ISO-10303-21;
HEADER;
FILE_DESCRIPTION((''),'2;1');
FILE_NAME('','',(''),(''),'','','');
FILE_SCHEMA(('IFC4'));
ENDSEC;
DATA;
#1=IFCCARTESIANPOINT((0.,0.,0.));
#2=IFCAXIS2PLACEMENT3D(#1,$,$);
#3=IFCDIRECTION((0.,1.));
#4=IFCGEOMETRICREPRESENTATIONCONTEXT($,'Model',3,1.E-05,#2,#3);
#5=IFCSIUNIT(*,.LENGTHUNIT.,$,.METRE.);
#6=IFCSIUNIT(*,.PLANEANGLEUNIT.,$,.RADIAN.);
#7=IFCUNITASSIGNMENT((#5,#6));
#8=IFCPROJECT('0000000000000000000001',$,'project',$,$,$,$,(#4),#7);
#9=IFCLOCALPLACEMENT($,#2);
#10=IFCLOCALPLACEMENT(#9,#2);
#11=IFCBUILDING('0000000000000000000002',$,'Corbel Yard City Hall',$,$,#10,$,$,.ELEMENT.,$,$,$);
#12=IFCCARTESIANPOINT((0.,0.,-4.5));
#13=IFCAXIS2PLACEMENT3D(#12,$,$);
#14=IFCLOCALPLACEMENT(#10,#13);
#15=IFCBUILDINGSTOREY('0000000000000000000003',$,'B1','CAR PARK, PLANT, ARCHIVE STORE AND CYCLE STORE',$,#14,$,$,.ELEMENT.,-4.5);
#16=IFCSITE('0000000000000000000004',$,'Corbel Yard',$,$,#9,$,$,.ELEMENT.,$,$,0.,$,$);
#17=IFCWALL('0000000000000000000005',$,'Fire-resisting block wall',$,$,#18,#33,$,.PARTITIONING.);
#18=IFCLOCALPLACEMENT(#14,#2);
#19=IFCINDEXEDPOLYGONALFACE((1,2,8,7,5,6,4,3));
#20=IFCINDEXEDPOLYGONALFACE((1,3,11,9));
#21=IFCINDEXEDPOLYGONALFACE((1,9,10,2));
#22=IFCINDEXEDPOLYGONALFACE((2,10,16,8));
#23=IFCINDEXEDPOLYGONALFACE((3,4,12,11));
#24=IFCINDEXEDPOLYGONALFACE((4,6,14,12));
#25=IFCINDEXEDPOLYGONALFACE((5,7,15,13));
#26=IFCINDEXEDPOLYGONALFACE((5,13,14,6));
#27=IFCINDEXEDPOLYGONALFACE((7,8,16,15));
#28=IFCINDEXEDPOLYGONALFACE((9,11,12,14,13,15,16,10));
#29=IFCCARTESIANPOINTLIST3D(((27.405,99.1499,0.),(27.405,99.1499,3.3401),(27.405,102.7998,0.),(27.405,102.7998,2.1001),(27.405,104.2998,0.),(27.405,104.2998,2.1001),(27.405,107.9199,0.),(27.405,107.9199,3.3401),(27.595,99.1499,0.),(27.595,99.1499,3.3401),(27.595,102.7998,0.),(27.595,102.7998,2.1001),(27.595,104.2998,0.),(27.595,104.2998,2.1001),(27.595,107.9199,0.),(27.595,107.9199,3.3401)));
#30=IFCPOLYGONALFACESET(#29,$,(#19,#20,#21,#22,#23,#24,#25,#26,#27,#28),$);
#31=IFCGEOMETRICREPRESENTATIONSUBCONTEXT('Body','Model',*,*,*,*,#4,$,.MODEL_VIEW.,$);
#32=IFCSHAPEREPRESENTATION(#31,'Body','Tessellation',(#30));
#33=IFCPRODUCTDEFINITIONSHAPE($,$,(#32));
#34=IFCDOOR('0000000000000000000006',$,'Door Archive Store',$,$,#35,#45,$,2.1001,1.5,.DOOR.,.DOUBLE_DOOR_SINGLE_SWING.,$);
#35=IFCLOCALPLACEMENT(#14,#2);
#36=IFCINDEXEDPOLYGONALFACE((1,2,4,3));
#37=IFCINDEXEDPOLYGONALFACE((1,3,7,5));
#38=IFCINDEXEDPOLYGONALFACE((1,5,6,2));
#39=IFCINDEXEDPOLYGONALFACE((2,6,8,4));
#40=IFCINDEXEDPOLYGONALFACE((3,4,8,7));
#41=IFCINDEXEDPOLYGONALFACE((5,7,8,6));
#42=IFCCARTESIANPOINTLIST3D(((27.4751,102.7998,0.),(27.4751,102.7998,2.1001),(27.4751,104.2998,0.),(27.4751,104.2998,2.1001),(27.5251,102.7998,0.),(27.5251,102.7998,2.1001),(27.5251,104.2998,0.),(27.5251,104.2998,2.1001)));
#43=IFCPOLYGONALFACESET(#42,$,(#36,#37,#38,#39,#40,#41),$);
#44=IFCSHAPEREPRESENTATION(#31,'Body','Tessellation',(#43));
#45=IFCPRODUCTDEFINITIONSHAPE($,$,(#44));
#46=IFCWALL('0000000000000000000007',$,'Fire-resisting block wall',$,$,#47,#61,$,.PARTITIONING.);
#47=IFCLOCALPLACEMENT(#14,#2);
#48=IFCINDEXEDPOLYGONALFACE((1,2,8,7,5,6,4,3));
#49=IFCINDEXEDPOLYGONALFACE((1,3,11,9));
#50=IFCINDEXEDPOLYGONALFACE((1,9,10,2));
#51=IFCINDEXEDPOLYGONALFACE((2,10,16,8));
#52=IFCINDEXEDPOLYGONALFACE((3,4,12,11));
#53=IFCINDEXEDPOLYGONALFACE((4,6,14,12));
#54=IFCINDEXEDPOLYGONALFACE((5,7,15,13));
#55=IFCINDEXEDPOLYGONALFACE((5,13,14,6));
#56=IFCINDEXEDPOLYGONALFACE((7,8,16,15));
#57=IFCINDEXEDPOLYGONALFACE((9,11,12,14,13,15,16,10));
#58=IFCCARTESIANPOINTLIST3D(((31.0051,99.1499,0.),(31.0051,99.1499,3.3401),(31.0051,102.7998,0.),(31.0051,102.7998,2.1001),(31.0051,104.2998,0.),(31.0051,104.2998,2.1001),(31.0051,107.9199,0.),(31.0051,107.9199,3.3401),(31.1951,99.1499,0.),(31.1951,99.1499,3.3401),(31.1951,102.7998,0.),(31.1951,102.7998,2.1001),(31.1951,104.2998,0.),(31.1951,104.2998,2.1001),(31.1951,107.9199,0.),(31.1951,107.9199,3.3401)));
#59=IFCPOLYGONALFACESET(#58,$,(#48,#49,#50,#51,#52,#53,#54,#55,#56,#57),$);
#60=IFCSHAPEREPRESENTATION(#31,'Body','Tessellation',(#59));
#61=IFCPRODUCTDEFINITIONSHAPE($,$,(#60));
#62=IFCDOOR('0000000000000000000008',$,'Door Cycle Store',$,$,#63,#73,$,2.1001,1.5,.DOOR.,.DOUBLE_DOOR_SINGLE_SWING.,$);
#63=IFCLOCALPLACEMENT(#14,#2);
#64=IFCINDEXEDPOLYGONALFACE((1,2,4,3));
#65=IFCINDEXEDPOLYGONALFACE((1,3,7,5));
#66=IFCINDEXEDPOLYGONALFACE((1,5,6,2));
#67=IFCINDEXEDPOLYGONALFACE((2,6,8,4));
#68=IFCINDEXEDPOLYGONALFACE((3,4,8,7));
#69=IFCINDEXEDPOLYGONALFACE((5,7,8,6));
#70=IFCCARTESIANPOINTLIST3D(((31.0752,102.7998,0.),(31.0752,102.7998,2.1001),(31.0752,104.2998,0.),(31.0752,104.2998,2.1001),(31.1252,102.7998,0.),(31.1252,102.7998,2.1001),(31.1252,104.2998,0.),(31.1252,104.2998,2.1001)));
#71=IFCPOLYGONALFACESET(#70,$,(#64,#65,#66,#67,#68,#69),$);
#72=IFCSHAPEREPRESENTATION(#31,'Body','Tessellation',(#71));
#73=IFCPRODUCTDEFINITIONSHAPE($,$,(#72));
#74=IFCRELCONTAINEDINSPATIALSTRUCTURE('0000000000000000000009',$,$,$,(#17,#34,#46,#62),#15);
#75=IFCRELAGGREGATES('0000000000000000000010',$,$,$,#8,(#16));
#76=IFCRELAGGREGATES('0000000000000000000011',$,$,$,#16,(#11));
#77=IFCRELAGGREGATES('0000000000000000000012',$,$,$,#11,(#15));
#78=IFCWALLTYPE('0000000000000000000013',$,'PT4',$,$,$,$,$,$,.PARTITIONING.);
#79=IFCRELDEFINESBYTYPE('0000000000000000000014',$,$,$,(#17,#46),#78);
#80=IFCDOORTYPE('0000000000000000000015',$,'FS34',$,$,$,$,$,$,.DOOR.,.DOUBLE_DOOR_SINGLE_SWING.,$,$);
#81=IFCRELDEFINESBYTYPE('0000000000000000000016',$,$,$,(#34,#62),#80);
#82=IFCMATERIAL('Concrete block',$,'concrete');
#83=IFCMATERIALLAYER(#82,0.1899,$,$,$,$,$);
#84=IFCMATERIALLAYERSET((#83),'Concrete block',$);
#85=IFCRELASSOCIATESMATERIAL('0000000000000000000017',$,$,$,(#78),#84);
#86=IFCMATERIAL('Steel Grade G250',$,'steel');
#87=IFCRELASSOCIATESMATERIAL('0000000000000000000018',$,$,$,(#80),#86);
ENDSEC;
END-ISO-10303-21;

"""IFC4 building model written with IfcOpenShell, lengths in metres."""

from ifc_helpers import new_model, si_unit, direction, frame, frame_2d, origin, place, context, subcontext, project, spatial, rectangle, extrude, material, layer, layer_set, type_object, element, fill, save


model = new_model("IFC4")

# Units and contexts
model_context = context("Model", 3, precision=1e-05, world=origin(), true_north=direction((0.0, 1.0)))
body_context = subcontext(model_context, "Body", "Model", "MODEL_VIEW")
ifc_project = project(units=[si_unit("LENGTHUNIT", "METRE"), si_unit("PLANEANGLEUNIT", "RADIAN")], contexts=[model_context])

# Site, building, storey
site_placement = place(None, origin())
site = spatial("IfcSite", under=ifc_project, at=site_placement, Name="Corbel Yard", CompositionType="ELEMENT", RefElevation=0.0)
building_placement = place(site_placement, origin())
building = spatial("IfcBuilding", under=site, at=building_placement, Name="Corbel Yard City Hall", CompositionType="ELEMENT")
storey_placement = place(building_placement, frame((0.0, 0.0, -4.5)))
storey = spatial("IfcBuildingStorey", under=building, at=storey_placement, Name="B1", Description="CAR PARK, PLANT, ARCHIVE STORE AND CYCLE STORE", CompositionType="ELEMENT", Elevation=-4.5)

# Shared definitions
ifc_material_1 = material(Name="Concrete block", Category="concrete")

# Shared definitions
ifc_material_2 = material(Name="Steel Grade G250", Category="steel")

# Walls, openings, doors
ifc_layer_1 = layer(ifc_material_1, 0.1899)
ifc_layer_set_1 = layer_set([ifc_layer_1], Name="Concrete block")
wall_type_1 = type_object("IfcWallType", Name="PT4", PredefinedType="PARTITIONING", material=ifc_layer_set_1)
wall_1_placement = place(storey_placement, frame((27.5, 99.1499, 0.0), z_axis=(0.0, 0.0, 1.0), x_axis=(0.0, 1.0, 0.0)))
wall_1 = element("IfcWall", 1, at=wall_1_placement, inside=storey, type_object=wall_type_1, Name="Fire-resisting block wall", PredefinedType="PARTITIONING", context=body_context, shape_type="SweptSolid", body=[
    extrude(rectangle(XDim=8.77, YDim=0.1899, at=frame_2d((4.385, 0.0))), origin(), (0.0, 0.0, 1.0), 3.3401),
])
opening_1_placement = place(wall_1_placement, frame((3.6499, 0.0, 0.0)))
opening_1 = element("IfcOpeningElement", 2, at=opening_1_placement, cuts=wall_1, PredefinedType="OPENING", context=body_context, shape_type="SweptSolid", body=[
    extrude(rectangle(XDim=1.5, YDim=2.1001, at=frame_2d((0.75, 1.05))), frame((0.0, 0.105, 0.0), z_axis=(0.0, -1.0, 0.0), x_axis=(1.0, 0.0, 0.0)), (0.0, 0.0, 1.0), 0.21),
])
door_type_1 = type_object("IfcDoorType", Name="FS34", OperationType="DOUBLE_DOOR_SINGLE_SWING", PredefinedType="DOOR", material=ifc_material_2)
door_1_placement = place(opening_1_placement, origin())
door_1 = element("IfcDoor", 3, at=door_1_placement, inside=storey, type_object=door_type_1, Name="Door Archive Store", OperationType="DOUBLE_DOOR_SINGLE_SWING", OverallHeight=2.1001, OverallWidth=1.5, PredefinedType="DOOR", context=body_context, shape_type="SweptSolid", body=[
    extrude(rectangle(XDim=1.5, YDim=2.1001, at=frame_2d((0.75, 1.05))), frame((0.0, 0.0249, 0.0), z_axis=(0.0, -1.0, 0.0), x_axis=(1.0, 0.0, 0.0)), (0.0, 0.0, 1.0), 0.05),
])
fill(opening_1, door_1)
wall_2_placement = place(storey_placement, frame((31.1001, 99.1499, 0.0), z_axis=(0.0, 0.0, 1.0), x_axis=(0.0, 1.0, 0.0)))
wall_2 = element("IfcWall", 4, at=wall_2_placement, inside=storey, type_object=wall_type_1, Name="Fire-resisting block wall", PredefinedType="PARTITIONING", context=body_context, shape_type="SweptSolid", body=[
    extrude(rectangle(XDim=8.77, YDim=0.1899, at=frame_2d((4.385, 0.0))), origin(), (0.0, 0.0, 1.0), 3.3401),
])
opening_2_placement = place(wall_2_placement, frame((3.6499, 0.0, 0.0)))
opening_2 = element("IfcOpeningElement", 5, at=opening_2_placement, cuts=wall_2, PredefinedType="OPENING", context=body_context, shape_type="SweptSolid", body=[
    extrude(rectangle(XDim=1.5, YDim=2.1001, at=frame_2d((0.75, 1.05))), frame((0.0, 0.105, 0.0), z_axis=(0.0, -1.0, 0.0), x_axis=(1.0, 0.0, 0.0)), (0.0, 0.0, 1.0), 0.21),
])
door_2_placement = place(opening_2_placement, origin())
door_2 = element("IfcDoor", 6, at=door_2_placement, inside=storey, type_object=door_type_1, Name="Door Cycle Store", OperationType="DOUBLE_DOOR_SINGLE_SWING", OverallHeight=2.1001, OverallWidth=1.5, PredefinedType="DOOR", context=body_context, shape_type="SweptSolid", body=[
    extrude(rectangle(XDim=1.5, YDim=2.1001, at=frame_2d((0.75, 1.05))), frame((0.0, 0.0249, 0.0), z_axis=(0.0, -1.0, 0.0), x_axis=(1.0, 0.0, 0.0)), (0.0, 0.0, 1.0), 0.05),
])
fill(opening_2, door_2)

save(model, "model.ifc")
